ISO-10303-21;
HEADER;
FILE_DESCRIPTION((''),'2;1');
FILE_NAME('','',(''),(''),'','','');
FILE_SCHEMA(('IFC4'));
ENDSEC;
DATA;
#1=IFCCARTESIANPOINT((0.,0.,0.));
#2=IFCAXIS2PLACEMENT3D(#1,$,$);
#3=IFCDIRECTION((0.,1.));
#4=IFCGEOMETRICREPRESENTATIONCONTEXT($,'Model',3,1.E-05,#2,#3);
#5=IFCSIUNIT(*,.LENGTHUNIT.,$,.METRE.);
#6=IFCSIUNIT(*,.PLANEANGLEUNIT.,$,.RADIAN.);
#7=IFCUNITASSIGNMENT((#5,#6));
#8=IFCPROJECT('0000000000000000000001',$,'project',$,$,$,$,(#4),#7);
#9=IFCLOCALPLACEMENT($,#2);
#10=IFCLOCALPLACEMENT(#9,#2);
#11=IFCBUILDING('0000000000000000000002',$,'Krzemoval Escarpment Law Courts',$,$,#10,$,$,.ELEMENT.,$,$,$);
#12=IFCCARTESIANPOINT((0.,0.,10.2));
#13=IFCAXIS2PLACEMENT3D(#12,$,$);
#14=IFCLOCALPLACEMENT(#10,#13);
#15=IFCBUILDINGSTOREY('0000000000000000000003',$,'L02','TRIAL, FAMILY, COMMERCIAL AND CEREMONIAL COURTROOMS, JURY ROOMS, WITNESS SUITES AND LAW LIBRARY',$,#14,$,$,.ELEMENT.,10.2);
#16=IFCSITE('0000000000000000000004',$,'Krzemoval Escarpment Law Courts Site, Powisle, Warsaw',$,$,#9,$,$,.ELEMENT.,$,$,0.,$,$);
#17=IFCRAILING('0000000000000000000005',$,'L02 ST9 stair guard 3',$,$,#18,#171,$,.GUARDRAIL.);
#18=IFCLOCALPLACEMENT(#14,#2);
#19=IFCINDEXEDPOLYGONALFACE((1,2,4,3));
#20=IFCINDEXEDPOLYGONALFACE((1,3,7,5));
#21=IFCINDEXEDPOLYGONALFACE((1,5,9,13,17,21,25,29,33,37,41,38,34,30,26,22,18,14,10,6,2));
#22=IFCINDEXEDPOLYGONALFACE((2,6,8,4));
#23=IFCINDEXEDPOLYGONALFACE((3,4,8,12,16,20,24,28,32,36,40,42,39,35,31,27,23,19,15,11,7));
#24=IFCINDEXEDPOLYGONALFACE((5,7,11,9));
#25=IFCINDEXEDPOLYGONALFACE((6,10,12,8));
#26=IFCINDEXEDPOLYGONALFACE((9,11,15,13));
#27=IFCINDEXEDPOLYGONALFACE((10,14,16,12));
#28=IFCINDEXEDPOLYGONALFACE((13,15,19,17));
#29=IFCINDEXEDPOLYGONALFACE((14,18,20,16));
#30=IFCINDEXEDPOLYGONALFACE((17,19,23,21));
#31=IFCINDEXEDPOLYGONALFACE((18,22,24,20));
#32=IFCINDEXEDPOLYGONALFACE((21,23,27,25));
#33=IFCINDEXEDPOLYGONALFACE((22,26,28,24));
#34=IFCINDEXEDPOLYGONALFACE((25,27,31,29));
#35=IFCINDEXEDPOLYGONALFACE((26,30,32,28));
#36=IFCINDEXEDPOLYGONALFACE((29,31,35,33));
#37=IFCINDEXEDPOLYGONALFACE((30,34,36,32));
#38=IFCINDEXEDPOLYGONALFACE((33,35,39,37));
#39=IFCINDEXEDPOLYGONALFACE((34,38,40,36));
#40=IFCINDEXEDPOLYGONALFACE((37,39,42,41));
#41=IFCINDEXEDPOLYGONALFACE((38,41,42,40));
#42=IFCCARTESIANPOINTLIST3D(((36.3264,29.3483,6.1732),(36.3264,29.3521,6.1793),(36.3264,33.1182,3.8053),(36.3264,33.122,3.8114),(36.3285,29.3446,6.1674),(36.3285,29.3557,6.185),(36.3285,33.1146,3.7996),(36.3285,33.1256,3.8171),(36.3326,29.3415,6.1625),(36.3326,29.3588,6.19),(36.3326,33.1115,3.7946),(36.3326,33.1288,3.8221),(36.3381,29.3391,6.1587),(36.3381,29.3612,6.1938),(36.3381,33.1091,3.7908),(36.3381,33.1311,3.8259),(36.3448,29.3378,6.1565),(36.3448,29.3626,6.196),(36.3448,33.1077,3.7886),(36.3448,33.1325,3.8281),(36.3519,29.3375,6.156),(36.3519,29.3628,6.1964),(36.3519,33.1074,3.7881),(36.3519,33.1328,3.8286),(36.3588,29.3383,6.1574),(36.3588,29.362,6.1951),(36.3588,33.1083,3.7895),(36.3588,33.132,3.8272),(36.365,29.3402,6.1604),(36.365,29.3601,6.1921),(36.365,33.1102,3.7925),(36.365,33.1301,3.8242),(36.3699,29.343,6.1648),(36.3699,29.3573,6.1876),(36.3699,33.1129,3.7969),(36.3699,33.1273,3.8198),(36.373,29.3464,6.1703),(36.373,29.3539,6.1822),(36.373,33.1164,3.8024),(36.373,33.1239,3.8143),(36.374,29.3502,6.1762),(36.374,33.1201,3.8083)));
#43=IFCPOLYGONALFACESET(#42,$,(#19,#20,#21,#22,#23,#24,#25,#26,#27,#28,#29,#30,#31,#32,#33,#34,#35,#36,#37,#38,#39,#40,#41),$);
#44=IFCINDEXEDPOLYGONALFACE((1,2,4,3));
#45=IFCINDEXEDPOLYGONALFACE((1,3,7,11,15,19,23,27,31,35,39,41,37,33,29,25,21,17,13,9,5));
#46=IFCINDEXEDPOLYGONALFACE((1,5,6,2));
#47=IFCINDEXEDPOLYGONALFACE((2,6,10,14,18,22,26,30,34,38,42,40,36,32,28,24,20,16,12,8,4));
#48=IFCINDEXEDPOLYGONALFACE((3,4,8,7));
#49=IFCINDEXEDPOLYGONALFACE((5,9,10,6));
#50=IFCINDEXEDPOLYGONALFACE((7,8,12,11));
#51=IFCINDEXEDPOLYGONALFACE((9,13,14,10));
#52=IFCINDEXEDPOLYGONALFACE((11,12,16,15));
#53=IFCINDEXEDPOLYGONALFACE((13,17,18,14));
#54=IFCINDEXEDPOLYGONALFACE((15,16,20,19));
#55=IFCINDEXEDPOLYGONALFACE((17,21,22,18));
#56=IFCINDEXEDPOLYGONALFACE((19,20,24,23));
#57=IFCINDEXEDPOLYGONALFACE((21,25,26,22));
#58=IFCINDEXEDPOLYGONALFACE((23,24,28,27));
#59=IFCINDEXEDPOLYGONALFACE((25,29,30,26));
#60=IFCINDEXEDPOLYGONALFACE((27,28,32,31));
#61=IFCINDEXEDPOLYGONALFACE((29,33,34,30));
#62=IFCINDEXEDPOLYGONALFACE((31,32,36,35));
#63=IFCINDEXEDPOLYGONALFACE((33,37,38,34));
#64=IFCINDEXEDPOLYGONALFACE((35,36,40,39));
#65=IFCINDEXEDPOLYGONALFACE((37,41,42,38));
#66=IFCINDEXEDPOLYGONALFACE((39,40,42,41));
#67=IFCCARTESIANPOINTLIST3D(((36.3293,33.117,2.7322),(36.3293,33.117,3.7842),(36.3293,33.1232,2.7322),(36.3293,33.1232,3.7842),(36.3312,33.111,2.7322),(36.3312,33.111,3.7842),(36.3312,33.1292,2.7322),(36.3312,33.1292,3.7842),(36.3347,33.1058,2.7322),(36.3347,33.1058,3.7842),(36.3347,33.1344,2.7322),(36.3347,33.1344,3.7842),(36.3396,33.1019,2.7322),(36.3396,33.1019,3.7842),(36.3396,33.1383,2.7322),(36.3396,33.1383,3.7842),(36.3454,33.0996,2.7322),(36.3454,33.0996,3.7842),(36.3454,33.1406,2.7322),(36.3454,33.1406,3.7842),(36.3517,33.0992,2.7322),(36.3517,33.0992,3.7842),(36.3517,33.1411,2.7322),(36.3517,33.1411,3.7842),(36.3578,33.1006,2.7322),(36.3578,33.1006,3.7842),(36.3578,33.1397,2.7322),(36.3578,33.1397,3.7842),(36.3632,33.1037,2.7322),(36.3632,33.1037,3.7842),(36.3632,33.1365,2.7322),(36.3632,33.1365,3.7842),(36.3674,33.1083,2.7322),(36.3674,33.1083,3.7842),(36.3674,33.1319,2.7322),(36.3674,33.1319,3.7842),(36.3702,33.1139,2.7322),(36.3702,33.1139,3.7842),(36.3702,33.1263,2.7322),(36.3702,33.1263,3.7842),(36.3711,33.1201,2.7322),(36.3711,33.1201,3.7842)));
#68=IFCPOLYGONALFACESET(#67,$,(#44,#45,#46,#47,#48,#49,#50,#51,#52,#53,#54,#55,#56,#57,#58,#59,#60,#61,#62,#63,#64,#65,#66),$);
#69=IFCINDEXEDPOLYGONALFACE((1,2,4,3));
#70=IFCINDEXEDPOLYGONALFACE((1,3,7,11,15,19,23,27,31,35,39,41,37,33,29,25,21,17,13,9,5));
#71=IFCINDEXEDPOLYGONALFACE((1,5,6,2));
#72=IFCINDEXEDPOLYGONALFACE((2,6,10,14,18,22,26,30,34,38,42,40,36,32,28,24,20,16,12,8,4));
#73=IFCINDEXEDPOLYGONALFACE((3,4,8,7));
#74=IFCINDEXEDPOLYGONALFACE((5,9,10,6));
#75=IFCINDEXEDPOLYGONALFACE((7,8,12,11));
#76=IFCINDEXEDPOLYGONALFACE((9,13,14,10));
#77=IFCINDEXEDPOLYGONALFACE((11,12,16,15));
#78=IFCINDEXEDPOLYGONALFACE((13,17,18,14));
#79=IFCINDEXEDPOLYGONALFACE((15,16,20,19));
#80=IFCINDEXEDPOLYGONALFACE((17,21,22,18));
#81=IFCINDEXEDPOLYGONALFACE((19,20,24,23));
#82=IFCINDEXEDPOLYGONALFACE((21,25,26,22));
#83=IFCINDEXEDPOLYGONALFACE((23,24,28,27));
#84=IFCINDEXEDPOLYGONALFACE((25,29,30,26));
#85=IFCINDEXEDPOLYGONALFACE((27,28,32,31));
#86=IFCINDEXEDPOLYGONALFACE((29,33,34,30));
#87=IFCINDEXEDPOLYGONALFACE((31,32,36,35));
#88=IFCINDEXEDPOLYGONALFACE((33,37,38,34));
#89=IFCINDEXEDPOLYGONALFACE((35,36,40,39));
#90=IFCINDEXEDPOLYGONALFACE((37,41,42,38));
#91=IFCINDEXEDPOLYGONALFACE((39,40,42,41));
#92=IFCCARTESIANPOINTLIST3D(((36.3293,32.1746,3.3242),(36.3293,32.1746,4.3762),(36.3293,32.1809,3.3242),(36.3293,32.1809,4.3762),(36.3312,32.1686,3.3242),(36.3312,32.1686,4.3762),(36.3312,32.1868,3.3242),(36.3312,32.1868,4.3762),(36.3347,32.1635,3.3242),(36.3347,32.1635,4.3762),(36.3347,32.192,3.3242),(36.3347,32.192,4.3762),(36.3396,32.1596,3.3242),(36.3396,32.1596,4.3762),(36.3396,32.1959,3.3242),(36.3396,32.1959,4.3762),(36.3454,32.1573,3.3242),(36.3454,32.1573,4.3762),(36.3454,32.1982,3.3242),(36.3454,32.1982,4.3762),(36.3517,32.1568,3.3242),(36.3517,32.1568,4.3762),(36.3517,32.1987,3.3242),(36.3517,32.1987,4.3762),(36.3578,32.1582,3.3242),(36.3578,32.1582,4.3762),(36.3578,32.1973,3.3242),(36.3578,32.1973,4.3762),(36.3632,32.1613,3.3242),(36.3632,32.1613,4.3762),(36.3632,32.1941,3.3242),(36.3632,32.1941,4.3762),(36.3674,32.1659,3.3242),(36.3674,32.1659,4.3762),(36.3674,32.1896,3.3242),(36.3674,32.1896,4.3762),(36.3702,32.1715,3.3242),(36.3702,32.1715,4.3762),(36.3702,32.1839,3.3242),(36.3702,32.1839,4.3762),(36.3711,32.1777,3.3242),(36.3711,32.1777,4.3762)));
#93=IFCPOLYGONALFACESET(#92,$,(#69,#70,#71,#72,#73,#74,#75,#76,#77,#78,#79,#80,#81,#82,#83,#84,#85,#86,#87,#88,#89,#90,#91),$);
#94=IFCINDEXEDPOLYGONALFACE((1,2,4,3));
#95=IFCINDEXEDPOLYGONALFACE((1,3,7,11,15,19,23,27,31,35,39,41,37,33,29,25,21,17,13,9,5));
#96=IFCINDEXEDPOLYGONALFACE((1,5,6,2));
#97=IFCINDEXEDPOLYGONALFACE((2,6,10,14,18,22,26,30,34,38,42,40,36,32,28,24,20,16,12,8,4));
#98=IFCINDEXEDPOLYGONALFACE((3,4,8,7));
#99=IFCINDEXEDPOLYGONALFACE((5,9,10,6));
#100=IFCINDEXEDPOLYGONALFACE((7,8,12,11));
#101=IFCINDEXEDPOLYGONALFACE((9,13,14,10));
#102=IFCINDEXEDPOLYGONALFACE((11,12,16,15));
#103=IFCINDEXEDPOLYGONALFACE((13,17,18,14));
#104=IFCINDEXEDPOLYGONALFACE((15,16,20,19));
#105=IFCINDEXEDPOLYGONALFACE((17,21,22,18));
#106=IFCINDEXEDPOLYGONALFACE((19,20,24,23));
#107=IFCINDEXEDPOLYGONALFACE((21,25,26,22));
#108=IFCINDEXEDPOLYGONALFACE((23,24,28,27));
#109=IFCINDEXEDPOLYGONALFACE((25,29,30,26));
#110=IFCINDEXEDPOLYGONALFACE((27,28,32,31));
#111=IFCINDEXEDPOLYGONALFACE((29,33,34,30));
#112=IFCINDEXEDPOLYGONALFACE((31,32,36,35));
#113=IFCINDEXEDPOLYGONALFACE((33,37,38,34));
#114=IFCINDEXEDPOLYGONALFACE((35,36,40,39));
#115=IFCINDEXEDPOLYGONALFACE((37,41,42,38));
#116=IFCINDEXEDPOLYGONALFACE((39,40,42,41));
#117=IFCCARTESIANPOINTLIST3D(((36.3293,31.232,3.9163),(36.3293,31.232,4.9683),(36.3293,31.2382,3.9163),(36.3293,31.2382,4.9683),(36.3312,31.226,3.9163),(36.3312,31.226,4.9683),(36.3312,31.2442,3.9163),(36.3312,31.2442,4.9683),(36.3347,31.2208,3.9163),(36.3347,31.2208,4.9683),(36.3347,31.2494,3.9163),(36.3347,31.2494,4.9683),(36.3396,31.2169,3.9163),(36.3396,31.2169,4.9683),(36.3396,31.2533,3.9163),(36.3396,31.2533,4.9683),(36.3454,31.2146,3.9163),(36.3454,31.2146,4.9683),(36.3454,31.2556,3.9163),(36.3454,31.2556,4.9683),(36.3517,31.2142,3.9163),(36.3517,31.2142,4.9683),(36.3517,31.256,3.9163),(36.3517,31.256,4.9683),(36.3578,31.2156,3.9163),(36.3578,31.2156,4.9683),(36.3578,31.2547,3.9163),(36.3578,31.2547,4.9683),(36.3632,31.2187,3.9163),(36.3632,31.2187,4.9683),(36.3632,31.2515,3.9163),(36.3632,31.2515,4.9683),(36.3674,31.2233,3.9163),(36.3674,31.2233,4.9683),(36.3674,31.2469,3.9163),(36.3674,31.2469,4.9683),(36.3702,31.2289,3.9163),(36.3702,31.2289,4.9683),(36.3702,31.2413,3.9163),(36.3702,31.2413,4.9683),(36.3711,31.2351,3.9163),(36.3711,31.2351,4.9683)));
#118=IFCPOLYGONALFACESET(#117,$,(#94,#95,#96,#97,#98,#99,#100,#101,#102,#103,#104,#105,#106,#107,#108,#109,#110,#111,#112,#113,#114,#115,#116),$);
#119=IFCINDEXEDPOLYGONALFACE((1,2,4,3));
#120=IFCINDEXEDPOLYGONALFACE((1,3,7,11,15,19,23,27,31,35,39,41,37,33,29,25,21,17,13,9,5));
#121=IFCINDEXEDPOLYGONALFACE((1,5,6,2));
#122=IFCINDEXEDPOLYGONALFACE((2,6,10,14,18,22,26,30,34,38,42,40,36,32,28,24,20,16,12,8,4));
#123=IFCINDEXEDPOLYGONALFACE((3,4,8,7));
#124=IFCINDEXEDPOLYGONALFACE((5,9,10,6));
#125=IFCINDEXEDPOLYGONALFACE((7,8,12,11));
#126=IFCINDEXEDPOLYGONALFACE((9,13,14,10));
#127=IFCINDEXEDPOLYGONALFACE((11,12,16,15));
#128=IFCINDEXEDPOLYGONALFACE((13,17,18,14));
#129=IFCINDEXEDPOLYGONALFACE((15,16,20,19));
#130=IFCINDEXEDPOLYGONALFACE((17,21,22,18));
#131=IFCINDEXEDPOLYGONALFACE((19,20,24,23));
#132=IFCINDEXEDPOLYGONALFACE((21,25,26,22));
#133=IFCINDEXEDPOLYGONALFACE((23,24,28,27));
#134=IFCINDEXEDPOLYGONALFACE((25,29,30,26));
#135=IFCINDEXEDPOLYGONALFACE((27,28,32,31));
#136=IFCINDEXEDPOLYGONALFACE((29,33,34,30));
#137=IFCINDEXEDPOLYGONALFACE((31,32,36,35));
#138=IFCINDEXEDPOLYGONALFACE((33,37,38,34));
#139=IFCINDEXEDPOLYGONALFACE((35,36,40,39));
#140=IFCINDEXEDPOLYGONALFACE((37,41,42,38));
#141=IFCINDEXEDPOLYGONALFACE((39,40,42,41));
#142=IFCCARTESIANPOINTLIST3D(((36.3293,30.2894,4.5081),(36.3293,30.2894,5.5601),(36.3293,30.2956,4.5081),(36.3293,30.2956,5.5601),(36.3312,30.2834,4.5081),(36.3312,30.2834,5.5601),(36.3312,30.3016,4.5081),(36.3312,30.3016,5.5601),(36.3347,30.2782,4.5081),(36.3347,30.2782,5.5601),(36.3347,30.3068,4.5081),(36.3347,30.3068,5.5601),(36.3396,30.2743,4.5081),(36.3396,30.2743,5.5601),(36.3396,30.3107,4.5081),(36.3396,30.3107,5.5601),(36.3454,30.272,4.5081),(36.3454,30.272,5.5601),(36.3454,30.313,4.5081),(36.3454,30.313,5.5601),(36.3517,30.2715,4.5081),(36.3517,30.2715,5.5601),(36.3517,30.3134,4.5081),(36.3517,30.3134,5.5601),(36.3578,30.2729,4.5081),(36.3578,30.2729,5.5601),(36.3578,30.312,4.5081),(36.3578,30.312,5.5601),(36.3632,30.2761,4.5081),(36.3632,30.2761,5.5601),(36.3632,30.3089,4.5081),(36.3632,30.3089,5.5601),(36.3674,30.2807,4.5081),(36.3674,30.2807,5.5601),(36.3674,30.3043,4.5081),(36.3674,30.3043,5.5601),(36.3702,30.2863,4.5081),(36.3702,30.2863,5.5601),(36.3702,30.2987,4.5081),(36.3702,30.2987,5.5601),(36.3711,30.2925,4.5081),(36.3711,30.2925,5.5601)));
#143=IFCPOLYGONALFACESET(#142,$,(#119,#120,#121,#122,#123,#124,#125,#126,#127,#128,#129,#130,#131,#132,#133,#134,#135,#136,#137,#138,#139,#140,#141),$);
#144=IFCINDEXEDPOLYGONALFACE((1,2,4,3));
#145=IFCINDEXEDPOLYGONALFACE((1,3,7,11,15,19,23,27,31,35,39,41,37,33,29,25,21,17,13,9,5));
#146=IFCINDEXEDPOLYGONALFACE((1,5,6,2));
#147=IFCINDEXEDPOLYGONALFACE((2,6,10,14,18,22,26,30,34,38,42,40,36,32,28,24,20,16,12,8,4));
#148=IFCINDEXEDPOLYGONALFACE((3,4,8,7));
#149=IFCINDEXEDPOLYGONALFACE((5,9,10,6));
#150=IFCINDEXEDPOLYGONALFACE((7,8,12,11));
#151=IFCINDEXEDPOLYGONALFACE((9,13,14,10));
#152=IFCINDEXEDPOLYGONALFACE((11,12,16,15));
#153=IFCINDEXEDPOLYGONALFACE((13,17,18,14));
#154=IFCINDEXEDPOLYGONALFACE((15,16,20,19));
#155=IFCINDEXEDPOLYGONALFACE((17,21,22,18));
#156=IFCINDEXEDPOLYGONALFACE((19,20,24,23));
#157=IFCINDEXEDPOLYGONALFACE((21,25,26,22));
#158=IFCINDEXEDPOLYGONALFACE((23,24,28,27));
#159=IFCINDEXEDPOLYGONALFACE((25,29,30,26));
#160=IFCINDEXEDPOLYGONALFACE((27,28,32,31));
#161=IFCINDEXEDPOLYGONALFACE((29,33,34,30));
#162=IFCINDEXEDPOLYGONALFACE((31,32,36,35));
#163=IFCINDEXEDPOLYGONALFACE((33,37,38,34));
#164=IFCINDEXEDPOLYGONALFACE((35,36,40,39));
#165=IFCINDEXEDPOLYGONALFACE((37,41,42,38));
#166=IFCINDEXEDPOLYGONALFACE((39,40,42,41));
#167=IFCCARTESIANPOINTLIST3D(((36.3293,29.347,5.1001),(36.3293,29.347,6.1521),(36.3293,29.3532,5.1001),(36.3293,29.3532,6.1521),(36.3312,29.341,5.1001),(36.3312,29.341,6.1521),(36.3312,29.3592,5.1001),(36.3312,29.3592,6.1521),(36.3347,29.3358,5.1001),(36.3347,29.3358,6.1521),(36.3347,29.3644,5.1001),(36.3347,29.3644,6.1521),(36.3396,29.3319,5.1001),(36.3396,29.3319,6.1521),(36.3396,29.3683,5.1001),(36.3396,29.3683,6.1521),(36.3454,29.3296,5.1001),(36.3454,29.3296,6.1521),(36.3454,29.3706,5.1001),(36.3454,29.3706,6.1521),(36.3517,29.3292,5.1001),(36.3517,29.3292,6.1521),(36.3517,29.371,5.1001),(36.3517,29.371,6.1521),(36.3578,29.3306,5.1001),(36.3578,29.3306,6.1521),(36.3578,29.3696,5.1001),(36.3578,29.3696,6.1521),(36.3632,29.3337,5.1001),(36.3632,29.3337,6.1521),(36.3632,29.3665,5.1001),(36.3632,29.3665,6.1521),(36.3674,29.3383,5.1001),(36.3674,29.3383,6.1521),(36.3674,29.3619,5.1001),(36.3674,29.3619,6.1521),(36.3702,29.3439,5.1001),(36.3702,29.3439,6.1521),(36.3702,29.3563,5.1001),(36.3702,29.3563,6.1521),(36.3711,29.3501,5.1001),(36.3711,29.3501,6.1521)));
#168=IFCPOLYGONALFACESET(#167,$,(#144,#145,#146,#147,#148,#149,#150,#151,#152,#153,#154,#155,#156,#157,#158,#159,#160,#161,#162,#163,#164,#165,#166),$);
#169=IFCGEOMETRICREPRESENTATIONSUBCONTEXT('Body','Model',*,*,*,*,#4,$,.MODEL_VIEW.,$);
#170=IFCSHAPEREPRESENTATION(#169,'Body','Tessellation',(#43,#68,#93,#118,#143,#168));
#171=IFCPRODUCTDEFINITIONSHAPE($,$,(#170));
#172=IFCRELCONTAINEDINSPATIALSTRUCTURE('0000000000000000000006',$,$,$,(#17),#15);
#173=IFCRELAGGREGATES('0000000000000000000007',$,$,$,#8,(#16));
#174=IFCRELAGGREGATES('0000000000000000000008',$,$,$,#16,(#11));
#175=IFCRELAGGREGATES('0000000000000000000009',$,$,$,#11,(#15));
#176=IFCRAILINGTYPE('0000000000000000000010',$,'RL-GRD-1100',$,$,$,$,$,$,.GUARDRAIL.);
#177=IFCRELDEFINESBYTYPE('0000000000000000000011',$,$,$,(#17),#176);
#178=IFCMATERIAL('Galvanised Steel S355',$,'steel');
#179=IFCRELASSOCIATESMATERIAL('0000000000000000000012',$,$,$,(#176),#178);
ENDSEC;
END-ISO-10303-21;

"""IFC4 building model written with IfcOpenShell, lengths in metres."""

from ifc_helpers import new_model, si_unit, direction, frame, origin, origin_2d, place, context, subcontext, project, spatial, circle, extrude, material, type_object, element, save


model = new_model("IFC4")

# Units and contexts
model_context = context("Model", 3, precision=1e-05, world=origin(), true_north=direction((0.0, 1.0)))
body_context = subcontext(model_context, "Body", "Model", "MODEL_VIEW")
ifc_project = project(units=[si_unit("LENGTHUNIT", "METRE"), si_unit("PLANEANGLEUNIT", "RADIAN")], contexts=[model_context])

# Site, building, storey
site_placement = place(None, origin())
site = spatial("IfcSite", under=ifc_project, at=site_placement, Name="Krzemoval Escarpment Law Courts Site, Powisle, Warsaw", CompositionType="ELEMENT", RefElevation=0.0)
building_placement = place(site_placement, origin())
building = spatial("IfcBuilding", under=site, at=building_placement, Name="Krzemoval Escarpment Law Courts", CompositionType="ELEMENT")
storey_placement = place(building_placement, frame((0.0, 0.0, 10.2)))
storey = spatial("IfcBuildingStorey", under=building, at=storey_placement, Name="L02", Description="TRIAL, FAMILY, COMMERCIAL AND CEREMONIAL COURTROOMS, JURY ROOMS, WITNESS SUITES AND LAW LIBRARY", CompositionType="ELEMENT", Elevation=10.2)

# Railing
ifc_material_1 = material(Name="Galvanised Steel S355", Category="steel")
railing_type_1 = type_object("IfcRailingType", Name="RL-GRD-1100", PredefinedType="GUARDRAIL", material=ifc_material_1)
railing_1_placement = place(storey_placement, frame((36.3501, 33.1201, 2.7322)))
element("IfcRailing", 1, at=railing_1_placement, inside=storey, type_object=railing_type_1, Name="L02 ST9 stair guard 3", PredefinedType="GUARDRAIL", context=body_context, shape_type="SweptSolid", body=[
    extrude(circle(Radius=0.0239, at=origin_2d()), frame((0.0, 0.0, 1.0762), z_axis=(0.0, -0.846819, 0.531881), x_axis=(1.0, 0.0, 0.0)), (0.0, 0.0, 1.0), 4.4519),
    extrude(circle(Radius=0.021, at=origin_2d()), origin(), (0.0, 0.0, 1.0), 1.052),
    extrude(circle(Radius=0.021, at=origin_2d()), frame((0.0, -0.9424, 0.592)), (0.0, 0.0, 1.0), 1.052),
    extrude(circle(Radius=0.021, at=origin_2d()), frame((0.0, -1.885, 1.1841)), (0.0, 0.0, 1.0), 1.052),
    extrude(circle(Radius=0.021, at=origin_2d()), frame((0.0, -2.8276, 1.7759)), (0.0, 0.0, 1.0), 1.052),
    extrude(circle(Radius=0.021, at=origin_2d()), frame((0.0, -3.77, 2.3679)), (0.0, 0.0, 1.0), 1.052),
])

save(model, "model.ifc")
